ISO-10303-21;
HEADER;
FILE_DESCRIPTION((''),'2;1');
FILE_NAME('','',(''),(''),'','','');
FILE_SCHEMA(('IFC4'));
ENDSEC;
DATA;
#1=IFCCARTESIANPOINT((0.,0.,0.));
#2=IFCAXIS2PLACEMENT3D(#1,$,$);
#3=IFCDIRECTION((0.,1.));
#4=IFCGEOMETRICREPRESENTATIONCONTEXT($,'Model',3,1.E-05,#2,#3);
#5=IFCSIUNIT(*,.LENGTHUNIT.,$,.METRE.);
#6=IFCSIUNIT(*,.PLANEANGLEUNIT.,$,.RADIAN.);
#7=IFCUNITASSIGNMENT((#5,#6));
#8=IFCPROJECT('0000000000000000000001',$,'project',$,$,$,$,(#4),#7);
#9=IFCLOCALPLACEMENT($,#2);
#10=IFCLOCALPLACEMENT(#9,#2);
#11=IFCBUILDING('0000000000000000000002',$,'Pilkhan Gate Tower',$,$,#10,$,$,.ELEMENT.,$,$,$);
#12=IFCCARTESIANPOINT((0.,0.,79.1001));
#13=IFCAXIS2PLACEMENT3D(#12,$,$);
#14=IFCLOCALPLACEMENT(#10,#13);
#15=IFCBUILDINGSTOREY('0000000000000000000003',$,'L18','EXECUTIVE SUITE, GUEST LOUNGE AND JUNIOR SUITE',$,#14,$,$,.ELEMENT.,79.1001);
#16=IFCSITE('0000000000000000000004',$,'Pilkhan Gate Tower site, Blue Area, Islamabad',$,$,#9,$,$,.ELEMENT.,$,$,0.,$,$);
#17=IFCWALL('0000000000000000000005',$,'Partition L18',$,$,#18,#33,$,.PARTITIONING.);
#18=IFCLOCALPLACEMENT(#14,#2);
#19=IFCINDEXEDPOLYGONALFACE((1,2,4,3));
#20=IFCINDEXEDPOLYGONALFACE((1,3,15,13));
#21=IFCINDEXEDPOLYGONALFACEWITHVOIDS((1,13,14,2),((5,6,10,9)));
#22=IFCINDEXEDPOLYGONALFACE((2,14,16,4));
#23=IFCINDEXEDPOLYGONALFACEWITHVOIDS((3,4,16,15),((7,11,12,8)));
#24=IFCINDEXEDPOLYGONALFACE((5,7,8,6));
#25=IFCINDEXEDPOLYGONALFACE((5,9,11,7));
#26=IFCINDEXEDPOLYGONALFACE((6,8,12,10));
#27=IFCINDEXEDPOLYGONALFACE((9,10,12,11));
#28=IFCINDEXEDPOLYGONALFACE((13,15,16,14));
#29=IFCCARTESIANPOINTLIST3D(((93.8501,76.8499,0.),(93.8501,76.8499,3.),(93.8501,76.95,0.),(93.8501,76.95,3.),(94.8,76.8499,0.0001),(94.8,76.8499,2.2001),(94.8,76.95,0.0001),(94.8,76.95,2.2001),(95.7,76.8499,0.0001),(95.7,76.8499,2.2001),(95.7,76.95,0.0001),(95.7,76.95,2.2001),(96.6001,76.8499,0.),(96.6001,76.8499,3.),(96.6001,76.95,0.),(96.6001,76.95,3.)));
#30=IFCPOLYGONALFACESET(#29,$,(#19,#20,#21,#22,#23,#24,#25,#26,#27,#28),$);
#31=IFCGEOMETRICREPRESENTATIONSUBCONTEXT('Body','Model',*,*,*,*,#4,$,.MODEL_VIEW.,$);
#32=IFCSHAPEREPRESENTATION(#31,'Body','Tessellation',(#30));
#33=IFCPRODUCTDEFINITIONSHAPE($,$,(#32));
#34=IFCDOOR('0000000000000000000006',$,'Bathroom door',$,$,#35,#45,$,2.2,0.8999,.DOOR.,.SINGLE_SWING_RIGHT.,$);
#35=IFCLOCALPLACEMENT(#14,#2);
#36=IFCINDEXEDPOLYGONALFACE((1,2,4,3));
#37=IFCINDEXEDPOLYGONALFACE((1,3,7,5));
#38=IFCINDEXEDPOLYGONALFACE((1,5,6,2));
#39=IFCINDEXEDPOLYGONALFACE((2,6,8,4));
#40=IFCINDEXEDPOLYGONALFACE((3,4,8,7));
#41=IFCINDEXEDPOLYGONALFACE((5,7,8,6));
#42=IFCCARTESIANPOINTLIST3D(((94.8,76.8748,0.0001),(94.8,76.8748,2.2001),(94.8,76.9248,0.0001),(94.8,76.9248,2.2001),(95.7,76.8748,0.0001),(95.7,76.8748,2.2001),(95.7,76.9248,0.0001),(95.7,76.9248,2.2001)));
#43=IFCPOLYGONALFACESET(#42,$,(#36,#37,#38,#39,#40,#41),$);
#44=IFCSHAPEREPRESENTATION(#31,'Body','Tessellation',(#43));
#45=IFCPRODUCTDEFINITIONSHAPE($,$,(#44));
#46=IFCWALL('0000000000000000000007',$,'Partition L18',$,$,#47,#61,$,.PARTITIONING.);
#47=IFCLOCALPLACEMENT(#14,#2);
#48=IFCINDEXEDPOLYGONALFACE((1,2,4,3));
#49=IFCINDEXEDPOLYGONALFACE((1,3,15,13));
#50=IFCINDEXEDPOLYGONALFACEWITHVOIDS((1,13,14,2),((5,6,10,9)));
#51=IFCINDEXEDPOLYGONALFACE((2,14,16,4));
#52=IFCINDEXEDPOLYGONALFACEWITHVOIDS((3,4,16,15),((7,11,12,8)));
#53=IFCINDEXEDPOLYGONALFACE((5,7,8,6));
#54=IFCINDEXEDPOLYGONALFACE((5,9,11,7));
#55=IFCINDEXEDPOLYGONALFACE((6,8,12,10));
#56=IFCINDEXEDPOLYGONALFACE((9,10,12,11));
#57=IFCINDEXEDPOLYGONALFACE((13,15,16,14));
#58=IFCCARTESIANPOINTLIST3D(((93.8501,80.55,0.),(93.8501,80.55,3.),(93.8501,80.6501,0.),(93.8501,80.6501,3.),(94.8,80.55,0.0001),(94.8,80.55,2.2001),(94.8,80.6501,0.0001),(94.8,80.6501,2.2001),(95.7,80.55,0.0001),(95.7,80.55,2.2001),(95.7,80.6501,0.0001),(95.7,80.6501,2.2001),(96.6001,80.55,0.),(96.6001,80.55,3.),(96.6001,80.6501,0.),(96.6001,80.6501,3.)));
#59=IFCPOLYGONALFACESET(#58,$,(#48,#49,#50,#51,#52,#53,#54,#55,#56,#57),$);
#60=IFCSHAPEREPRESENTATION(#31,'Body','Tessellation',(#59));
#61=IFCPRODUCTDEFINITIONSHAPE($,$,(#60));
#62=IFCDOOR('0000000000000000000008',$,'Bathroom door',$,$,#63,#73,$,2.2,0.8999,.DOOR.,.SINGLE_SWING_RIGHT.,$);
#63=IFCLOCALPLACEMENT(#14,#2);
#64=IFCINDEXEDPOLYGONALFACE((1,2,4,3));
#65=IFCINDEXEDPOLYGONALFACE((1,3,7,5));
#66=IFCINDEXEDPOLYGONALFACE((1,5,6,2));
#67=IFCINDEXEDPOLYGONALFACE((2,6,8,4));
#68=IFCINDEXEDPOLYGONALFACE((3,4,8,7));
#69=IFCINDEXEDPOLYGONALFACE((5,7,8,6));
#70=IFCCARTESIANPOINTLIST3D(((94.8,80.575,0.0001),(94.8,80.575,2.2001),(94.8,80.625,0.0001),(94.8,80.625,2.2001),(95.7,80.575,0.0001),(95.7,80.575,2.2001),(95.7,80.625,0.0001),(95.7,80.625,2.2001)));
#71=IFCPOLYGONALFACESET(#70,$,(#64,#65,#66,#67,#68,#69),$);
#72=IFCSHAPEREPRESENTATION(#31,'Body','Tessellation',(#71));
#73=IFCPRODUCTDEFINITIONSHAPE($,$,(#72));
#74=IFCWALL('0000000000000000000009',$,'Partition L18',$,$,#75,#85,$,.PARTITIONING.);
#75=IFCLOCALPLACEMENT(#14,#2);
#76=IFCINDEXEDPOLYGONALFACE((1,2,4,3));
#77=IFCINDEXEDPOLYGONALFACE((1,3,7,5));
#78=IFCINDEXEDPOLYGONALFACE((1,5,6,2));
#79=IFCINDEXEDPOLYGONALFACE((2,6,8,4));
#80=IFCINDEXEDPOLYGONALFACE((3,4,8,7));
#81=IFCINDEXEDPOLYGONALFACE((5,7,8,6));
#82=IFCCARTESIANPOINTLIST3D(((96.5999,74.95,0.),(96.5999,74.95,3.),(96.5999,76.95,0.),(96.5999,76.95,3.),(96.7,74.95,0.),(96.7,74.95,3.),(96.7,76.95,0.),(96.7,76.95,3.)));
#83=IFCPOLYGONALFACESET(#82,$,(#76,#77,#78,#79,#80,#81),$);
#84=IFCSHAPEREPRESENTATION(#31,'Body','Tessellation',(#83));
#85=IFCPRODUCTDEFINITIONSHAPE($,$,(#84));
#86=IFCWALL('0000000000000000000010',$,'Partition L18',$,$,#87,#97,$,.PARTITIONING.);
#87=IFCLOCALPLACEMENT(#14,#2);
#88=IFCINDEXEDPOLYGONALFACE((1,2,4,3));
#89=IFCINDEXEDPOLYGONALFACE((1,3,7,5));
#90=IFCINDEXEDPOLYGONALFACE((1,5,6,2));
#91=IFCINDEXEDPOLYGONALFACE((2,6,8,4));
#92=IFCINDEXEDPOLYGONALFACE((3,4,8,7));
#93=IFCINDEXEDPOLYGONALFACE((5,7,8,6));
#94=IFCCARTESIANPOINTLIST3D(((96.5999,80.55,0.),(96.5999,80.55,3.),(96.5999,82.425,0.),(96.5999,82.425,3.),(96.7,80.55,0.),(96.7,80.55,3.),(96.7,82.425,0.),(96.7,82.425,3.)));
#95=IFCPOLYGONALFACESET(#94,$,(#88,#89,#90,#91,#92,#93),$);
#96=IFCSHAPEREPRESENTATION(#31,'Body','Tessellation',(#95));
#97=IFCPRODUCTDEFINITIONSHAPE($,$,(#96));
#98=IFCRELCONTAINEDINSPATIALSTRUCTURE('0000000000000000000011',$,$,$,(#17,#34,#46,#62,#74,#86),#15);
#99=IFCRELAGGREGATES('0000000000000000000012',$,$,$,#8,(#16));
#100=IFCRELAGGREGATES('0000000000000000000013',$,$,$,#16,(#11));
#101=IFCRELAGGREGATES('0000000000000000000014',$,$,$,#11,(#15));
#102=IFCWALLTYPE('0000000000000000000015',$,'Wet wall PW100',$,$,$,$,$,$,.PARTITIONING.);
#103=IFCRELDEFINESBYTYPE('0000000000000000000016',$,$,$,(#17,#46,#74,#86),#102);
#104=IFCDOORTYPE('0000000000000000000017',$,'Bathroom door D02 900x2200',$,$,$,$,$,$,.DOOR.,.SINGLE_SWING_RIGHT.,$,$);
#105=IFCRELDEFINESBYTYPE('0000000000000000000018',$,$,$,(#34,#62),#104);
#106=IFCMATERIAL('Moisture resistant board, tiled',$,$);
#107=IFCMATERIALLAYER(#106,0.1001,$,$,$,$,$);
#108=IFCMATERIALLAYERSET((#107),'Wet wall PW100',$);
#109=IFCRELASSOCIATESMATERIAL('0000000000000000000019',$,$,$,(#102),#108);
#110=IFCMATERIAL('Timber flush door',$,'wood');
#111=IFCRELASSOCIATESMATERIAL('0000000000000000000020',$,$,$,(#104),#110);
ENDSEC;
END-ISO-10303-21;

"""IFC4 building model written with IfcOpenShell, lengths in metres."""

from ifc_helpers import new_model, si_unit, direction, frame, frame_2d, origin, place, context, subcontext, project, spatial, rectangle, extrude, material, layer, layer_set, type_object, element, fill, save


model = new_model("IFC4")

# Units and contexts
model_context = context("Model", 3, precision=1e-05, world=origin(), true_north=direction((0.0, 1.0)))
body_context = subcontext(model_context, "Body", "Model", "MODEL_VIEW")
ifc_project = project(units=[si_unit("LENGTHUNIT", "METRE"), si_unit("PLANEANGLEUNIT", "RADIAN")], contexts=[model_context])

# Site, building, storey
site_placement = place(None, origin())
site = spatial("IfcSite", under=ifc_project, at=site_placement, Name="Pilkhan Gate Tower site, Blue Area, Islamabad", CompositionType="ELEMENT", RefElevation=0.0)
building_placement = place(site_placement, origin())
building = spatial("IfcBuilding", under=site, at=building_placement, Name="Pilkhan Gate Tower", CompositionType="ELEMENT")
storey_placement = place(building_placement, frame((0.0, 0.0, 79.1001)))
storey = spatial("IfcBuildingStorey", under=building, at=storey_placement, Name="L18", Description="EXECUTIVE SUITE, GUEST LOUNGE AND JUNIOR SUITE", CompositionType="ELEMENT", Elevation=79.1001)

# Shared definitions
ifc_material_1 = material(Name="Moisture resistant board, tiled")
ifc_layer_1 = layer(ifc_material_1, 0.1001)
ifc_layer_set_1 = layer_set([ifc_layer_1], Name="Wet wall PW100")
wall_type_1 = type_object("IfcWallType", Name="Wet wall PW100", PredefinedType="PARTITIONING", material=ifc_layer_set_1)

# Walls, openings, doors
wall_1_placement = place(storey_placement, frame((93.8501, 76.8999, 0.0), z_axis=(0.0, 0.0, 1.0), x_axis=(1.0, 0.0, 0.0)))
wall_1 = element("IfcWall", 1, at=wall_1_placement, inside=storey, type_object=wall_type_1, Name="Partition L18", PredefinedType="PARTITIONING", context=body_context, shape_type="SweptSolid", body=[
    extrude(rectangle(XDim=2.75, YDim=0.1001, at=frame_2d((1.375, 0.0))), origin(), (0.0, 0.0, 1.0), 3.0),
])
opening_1_placement = place(wall_1_placement, frame((0.95, 0.0, 0.0)))
opening_1 = element("IfcOpeningElement", 2, at=opening_1_placement, cuts=wall_1, PredefinedType="OPENING", context=body_context, shape_type="SweptSolid", body=[
    extrude(rectangle(XDim=0.8999, YDim=2.2, at=frame_2d((0.45, 1.1001))), frame((0.0, 0.0601, 0.0), z_axis=(0.0, -1.0, 0.0), x_axis=(1.0, 0.0, 0.0)), (0.0, 0.0, 1.0), 0.1201),
])
ifc_material_2 = material(Name="Timber flush door", Category="wood")
door_type_1 = type_object("IfcDoorType", Name="Bathroom door D02 900x2200", OperationType="SINGLE_SWING_RIGHT", PredefinedType="DOOR", material=ifc_material_2)
door_1_placement = place(opening_1_placement, origin())
door_1 = element("IfcDoor", 3, at=door_1_placement, inside=storey, type_object=door_type_1, Name="Bathroom door", OperationType="SINGLE_SWING_RIGHT", OverallHeight=2.2, OverallWidth=0.8999, PredefinedType="DOOR", context=body_context, shape_type="SweptSolid", body=[
    extrude(rectangle(XDim=0.8999, YDim=2.2, at=frame_2d((0.45, 1.1001))), frame((0.0, 0.0249, 0.0), z_axis=(0.0, -1.0, 0.0), x_axis=(1.0, 0.0, 0.0)), (0.0, 0.0, 1.0), 0.05),
])
fill(opening_1, door_1)
wall_2_placement = place(storey_placement, frame((93.8501, 80.6001, 0.0), z_axis=(0.0, 0.0, 1.0), x_axis=(1.0, 0.0, 0.0)))
wall_2 = element("IfcWall", 4, at=wall_2_placement, inside=storey, type_object=wall_type_1, Name="Partition L18", PredefinedType="PARTITIONING", context=body_context, shape_type="SweptSolid", body=[
    extrude(rectangle(XDim=2.75, YDim=0.1001, at=frame_2d((1.375, 0.0))), origin(), (0.0, 0.0, 1.0), 3.0),
])
opening_2_placement = place(wall_2_placement, frame((0.95, 0.0, 0.0)))
opening_2 = element("IfcOpeningElement", 5, at=opening_2_placement, cuts=wall_2, PredefinedType="OPENING", context=body_context, shape_type="SweptSolid", body=[
    extrude(rectangle(XDim=0.8999, YDim=2.2, at=frame_2d((0.45, 1.1001))), frame((0.0, 0.0601, 0.0), z_axis=(0.0, -1.0, 0.0), x_axis=(1.0, 0.0, 0.0)), (0.0, 0.0, 1.0), 0.1201),
])
door_2_placement = place(opening_2_placement, origin())
door_2 = element("IfcDoor", 6, at=door_2_placement, inside=storey, type_object=door_type_1, Name="Bathroom door", OperationType="SINGLE_SWING_RIGHT", OverallHeight=2.2, OverallWidth=0.8999, PredefinedType="DOOR", context=body_context, shape_type="SweptSolid", body=[
    extrude(rectangle(XDim=0.8999, YDim=2.2, at=frame_2d((0.45, 1.1001))), frame((0.0, 0.0249, 0.0), z_axis=(0.0, -1.0, 0.0), x_axis=(1.0, 0.0, 0.0)), (0.0, 0.0, 1.0), 0.05),
])
fill(opening_2, door_2)

# Walls
wall_3_placement = place(storey_placement, frame((96.6499, 74.95, 0.0), z_axis=(0.0, 0.0, 1.0), x_axis=(0.0, 1.0, 0.0)))
element("IfcWall", 7, at=wall_3_placement, inside=storey, type_object=wall_type_1, Name="Partition L18", PredefinedType="PARTITIONING", context=body_context, shape_type="SweptSolid", body=[
    extrude(rectangle(XDim=2.0, YDim=0.1001, at=frame_2d((1.0, 0.0))), origin(), (0.0, 0.0, 1.0), 3.0),
])
wall_4_placement = place(storey_placement, frame((96.6499, 80.55, 0.0), z_axis=(0.0, 0.0, 1.0), x_axis=(0.0, 1.0, 0.0)))
element("IfcWall", 8, at=wall_4_placement, inside=storey, type_object=wall_type_1, Name="Partition L18", PredefinedType="PARTITIONING", context=body_context, shape_type="SweptSolid", body=[
    extrude(rectangle(XDim=1.875, YDim=0.1001, at=frame_2d((0.9375, 0.0))), origin(), (0.0, 0.0, 1.0), 3.0),
])

save(model, "model.ifc")
